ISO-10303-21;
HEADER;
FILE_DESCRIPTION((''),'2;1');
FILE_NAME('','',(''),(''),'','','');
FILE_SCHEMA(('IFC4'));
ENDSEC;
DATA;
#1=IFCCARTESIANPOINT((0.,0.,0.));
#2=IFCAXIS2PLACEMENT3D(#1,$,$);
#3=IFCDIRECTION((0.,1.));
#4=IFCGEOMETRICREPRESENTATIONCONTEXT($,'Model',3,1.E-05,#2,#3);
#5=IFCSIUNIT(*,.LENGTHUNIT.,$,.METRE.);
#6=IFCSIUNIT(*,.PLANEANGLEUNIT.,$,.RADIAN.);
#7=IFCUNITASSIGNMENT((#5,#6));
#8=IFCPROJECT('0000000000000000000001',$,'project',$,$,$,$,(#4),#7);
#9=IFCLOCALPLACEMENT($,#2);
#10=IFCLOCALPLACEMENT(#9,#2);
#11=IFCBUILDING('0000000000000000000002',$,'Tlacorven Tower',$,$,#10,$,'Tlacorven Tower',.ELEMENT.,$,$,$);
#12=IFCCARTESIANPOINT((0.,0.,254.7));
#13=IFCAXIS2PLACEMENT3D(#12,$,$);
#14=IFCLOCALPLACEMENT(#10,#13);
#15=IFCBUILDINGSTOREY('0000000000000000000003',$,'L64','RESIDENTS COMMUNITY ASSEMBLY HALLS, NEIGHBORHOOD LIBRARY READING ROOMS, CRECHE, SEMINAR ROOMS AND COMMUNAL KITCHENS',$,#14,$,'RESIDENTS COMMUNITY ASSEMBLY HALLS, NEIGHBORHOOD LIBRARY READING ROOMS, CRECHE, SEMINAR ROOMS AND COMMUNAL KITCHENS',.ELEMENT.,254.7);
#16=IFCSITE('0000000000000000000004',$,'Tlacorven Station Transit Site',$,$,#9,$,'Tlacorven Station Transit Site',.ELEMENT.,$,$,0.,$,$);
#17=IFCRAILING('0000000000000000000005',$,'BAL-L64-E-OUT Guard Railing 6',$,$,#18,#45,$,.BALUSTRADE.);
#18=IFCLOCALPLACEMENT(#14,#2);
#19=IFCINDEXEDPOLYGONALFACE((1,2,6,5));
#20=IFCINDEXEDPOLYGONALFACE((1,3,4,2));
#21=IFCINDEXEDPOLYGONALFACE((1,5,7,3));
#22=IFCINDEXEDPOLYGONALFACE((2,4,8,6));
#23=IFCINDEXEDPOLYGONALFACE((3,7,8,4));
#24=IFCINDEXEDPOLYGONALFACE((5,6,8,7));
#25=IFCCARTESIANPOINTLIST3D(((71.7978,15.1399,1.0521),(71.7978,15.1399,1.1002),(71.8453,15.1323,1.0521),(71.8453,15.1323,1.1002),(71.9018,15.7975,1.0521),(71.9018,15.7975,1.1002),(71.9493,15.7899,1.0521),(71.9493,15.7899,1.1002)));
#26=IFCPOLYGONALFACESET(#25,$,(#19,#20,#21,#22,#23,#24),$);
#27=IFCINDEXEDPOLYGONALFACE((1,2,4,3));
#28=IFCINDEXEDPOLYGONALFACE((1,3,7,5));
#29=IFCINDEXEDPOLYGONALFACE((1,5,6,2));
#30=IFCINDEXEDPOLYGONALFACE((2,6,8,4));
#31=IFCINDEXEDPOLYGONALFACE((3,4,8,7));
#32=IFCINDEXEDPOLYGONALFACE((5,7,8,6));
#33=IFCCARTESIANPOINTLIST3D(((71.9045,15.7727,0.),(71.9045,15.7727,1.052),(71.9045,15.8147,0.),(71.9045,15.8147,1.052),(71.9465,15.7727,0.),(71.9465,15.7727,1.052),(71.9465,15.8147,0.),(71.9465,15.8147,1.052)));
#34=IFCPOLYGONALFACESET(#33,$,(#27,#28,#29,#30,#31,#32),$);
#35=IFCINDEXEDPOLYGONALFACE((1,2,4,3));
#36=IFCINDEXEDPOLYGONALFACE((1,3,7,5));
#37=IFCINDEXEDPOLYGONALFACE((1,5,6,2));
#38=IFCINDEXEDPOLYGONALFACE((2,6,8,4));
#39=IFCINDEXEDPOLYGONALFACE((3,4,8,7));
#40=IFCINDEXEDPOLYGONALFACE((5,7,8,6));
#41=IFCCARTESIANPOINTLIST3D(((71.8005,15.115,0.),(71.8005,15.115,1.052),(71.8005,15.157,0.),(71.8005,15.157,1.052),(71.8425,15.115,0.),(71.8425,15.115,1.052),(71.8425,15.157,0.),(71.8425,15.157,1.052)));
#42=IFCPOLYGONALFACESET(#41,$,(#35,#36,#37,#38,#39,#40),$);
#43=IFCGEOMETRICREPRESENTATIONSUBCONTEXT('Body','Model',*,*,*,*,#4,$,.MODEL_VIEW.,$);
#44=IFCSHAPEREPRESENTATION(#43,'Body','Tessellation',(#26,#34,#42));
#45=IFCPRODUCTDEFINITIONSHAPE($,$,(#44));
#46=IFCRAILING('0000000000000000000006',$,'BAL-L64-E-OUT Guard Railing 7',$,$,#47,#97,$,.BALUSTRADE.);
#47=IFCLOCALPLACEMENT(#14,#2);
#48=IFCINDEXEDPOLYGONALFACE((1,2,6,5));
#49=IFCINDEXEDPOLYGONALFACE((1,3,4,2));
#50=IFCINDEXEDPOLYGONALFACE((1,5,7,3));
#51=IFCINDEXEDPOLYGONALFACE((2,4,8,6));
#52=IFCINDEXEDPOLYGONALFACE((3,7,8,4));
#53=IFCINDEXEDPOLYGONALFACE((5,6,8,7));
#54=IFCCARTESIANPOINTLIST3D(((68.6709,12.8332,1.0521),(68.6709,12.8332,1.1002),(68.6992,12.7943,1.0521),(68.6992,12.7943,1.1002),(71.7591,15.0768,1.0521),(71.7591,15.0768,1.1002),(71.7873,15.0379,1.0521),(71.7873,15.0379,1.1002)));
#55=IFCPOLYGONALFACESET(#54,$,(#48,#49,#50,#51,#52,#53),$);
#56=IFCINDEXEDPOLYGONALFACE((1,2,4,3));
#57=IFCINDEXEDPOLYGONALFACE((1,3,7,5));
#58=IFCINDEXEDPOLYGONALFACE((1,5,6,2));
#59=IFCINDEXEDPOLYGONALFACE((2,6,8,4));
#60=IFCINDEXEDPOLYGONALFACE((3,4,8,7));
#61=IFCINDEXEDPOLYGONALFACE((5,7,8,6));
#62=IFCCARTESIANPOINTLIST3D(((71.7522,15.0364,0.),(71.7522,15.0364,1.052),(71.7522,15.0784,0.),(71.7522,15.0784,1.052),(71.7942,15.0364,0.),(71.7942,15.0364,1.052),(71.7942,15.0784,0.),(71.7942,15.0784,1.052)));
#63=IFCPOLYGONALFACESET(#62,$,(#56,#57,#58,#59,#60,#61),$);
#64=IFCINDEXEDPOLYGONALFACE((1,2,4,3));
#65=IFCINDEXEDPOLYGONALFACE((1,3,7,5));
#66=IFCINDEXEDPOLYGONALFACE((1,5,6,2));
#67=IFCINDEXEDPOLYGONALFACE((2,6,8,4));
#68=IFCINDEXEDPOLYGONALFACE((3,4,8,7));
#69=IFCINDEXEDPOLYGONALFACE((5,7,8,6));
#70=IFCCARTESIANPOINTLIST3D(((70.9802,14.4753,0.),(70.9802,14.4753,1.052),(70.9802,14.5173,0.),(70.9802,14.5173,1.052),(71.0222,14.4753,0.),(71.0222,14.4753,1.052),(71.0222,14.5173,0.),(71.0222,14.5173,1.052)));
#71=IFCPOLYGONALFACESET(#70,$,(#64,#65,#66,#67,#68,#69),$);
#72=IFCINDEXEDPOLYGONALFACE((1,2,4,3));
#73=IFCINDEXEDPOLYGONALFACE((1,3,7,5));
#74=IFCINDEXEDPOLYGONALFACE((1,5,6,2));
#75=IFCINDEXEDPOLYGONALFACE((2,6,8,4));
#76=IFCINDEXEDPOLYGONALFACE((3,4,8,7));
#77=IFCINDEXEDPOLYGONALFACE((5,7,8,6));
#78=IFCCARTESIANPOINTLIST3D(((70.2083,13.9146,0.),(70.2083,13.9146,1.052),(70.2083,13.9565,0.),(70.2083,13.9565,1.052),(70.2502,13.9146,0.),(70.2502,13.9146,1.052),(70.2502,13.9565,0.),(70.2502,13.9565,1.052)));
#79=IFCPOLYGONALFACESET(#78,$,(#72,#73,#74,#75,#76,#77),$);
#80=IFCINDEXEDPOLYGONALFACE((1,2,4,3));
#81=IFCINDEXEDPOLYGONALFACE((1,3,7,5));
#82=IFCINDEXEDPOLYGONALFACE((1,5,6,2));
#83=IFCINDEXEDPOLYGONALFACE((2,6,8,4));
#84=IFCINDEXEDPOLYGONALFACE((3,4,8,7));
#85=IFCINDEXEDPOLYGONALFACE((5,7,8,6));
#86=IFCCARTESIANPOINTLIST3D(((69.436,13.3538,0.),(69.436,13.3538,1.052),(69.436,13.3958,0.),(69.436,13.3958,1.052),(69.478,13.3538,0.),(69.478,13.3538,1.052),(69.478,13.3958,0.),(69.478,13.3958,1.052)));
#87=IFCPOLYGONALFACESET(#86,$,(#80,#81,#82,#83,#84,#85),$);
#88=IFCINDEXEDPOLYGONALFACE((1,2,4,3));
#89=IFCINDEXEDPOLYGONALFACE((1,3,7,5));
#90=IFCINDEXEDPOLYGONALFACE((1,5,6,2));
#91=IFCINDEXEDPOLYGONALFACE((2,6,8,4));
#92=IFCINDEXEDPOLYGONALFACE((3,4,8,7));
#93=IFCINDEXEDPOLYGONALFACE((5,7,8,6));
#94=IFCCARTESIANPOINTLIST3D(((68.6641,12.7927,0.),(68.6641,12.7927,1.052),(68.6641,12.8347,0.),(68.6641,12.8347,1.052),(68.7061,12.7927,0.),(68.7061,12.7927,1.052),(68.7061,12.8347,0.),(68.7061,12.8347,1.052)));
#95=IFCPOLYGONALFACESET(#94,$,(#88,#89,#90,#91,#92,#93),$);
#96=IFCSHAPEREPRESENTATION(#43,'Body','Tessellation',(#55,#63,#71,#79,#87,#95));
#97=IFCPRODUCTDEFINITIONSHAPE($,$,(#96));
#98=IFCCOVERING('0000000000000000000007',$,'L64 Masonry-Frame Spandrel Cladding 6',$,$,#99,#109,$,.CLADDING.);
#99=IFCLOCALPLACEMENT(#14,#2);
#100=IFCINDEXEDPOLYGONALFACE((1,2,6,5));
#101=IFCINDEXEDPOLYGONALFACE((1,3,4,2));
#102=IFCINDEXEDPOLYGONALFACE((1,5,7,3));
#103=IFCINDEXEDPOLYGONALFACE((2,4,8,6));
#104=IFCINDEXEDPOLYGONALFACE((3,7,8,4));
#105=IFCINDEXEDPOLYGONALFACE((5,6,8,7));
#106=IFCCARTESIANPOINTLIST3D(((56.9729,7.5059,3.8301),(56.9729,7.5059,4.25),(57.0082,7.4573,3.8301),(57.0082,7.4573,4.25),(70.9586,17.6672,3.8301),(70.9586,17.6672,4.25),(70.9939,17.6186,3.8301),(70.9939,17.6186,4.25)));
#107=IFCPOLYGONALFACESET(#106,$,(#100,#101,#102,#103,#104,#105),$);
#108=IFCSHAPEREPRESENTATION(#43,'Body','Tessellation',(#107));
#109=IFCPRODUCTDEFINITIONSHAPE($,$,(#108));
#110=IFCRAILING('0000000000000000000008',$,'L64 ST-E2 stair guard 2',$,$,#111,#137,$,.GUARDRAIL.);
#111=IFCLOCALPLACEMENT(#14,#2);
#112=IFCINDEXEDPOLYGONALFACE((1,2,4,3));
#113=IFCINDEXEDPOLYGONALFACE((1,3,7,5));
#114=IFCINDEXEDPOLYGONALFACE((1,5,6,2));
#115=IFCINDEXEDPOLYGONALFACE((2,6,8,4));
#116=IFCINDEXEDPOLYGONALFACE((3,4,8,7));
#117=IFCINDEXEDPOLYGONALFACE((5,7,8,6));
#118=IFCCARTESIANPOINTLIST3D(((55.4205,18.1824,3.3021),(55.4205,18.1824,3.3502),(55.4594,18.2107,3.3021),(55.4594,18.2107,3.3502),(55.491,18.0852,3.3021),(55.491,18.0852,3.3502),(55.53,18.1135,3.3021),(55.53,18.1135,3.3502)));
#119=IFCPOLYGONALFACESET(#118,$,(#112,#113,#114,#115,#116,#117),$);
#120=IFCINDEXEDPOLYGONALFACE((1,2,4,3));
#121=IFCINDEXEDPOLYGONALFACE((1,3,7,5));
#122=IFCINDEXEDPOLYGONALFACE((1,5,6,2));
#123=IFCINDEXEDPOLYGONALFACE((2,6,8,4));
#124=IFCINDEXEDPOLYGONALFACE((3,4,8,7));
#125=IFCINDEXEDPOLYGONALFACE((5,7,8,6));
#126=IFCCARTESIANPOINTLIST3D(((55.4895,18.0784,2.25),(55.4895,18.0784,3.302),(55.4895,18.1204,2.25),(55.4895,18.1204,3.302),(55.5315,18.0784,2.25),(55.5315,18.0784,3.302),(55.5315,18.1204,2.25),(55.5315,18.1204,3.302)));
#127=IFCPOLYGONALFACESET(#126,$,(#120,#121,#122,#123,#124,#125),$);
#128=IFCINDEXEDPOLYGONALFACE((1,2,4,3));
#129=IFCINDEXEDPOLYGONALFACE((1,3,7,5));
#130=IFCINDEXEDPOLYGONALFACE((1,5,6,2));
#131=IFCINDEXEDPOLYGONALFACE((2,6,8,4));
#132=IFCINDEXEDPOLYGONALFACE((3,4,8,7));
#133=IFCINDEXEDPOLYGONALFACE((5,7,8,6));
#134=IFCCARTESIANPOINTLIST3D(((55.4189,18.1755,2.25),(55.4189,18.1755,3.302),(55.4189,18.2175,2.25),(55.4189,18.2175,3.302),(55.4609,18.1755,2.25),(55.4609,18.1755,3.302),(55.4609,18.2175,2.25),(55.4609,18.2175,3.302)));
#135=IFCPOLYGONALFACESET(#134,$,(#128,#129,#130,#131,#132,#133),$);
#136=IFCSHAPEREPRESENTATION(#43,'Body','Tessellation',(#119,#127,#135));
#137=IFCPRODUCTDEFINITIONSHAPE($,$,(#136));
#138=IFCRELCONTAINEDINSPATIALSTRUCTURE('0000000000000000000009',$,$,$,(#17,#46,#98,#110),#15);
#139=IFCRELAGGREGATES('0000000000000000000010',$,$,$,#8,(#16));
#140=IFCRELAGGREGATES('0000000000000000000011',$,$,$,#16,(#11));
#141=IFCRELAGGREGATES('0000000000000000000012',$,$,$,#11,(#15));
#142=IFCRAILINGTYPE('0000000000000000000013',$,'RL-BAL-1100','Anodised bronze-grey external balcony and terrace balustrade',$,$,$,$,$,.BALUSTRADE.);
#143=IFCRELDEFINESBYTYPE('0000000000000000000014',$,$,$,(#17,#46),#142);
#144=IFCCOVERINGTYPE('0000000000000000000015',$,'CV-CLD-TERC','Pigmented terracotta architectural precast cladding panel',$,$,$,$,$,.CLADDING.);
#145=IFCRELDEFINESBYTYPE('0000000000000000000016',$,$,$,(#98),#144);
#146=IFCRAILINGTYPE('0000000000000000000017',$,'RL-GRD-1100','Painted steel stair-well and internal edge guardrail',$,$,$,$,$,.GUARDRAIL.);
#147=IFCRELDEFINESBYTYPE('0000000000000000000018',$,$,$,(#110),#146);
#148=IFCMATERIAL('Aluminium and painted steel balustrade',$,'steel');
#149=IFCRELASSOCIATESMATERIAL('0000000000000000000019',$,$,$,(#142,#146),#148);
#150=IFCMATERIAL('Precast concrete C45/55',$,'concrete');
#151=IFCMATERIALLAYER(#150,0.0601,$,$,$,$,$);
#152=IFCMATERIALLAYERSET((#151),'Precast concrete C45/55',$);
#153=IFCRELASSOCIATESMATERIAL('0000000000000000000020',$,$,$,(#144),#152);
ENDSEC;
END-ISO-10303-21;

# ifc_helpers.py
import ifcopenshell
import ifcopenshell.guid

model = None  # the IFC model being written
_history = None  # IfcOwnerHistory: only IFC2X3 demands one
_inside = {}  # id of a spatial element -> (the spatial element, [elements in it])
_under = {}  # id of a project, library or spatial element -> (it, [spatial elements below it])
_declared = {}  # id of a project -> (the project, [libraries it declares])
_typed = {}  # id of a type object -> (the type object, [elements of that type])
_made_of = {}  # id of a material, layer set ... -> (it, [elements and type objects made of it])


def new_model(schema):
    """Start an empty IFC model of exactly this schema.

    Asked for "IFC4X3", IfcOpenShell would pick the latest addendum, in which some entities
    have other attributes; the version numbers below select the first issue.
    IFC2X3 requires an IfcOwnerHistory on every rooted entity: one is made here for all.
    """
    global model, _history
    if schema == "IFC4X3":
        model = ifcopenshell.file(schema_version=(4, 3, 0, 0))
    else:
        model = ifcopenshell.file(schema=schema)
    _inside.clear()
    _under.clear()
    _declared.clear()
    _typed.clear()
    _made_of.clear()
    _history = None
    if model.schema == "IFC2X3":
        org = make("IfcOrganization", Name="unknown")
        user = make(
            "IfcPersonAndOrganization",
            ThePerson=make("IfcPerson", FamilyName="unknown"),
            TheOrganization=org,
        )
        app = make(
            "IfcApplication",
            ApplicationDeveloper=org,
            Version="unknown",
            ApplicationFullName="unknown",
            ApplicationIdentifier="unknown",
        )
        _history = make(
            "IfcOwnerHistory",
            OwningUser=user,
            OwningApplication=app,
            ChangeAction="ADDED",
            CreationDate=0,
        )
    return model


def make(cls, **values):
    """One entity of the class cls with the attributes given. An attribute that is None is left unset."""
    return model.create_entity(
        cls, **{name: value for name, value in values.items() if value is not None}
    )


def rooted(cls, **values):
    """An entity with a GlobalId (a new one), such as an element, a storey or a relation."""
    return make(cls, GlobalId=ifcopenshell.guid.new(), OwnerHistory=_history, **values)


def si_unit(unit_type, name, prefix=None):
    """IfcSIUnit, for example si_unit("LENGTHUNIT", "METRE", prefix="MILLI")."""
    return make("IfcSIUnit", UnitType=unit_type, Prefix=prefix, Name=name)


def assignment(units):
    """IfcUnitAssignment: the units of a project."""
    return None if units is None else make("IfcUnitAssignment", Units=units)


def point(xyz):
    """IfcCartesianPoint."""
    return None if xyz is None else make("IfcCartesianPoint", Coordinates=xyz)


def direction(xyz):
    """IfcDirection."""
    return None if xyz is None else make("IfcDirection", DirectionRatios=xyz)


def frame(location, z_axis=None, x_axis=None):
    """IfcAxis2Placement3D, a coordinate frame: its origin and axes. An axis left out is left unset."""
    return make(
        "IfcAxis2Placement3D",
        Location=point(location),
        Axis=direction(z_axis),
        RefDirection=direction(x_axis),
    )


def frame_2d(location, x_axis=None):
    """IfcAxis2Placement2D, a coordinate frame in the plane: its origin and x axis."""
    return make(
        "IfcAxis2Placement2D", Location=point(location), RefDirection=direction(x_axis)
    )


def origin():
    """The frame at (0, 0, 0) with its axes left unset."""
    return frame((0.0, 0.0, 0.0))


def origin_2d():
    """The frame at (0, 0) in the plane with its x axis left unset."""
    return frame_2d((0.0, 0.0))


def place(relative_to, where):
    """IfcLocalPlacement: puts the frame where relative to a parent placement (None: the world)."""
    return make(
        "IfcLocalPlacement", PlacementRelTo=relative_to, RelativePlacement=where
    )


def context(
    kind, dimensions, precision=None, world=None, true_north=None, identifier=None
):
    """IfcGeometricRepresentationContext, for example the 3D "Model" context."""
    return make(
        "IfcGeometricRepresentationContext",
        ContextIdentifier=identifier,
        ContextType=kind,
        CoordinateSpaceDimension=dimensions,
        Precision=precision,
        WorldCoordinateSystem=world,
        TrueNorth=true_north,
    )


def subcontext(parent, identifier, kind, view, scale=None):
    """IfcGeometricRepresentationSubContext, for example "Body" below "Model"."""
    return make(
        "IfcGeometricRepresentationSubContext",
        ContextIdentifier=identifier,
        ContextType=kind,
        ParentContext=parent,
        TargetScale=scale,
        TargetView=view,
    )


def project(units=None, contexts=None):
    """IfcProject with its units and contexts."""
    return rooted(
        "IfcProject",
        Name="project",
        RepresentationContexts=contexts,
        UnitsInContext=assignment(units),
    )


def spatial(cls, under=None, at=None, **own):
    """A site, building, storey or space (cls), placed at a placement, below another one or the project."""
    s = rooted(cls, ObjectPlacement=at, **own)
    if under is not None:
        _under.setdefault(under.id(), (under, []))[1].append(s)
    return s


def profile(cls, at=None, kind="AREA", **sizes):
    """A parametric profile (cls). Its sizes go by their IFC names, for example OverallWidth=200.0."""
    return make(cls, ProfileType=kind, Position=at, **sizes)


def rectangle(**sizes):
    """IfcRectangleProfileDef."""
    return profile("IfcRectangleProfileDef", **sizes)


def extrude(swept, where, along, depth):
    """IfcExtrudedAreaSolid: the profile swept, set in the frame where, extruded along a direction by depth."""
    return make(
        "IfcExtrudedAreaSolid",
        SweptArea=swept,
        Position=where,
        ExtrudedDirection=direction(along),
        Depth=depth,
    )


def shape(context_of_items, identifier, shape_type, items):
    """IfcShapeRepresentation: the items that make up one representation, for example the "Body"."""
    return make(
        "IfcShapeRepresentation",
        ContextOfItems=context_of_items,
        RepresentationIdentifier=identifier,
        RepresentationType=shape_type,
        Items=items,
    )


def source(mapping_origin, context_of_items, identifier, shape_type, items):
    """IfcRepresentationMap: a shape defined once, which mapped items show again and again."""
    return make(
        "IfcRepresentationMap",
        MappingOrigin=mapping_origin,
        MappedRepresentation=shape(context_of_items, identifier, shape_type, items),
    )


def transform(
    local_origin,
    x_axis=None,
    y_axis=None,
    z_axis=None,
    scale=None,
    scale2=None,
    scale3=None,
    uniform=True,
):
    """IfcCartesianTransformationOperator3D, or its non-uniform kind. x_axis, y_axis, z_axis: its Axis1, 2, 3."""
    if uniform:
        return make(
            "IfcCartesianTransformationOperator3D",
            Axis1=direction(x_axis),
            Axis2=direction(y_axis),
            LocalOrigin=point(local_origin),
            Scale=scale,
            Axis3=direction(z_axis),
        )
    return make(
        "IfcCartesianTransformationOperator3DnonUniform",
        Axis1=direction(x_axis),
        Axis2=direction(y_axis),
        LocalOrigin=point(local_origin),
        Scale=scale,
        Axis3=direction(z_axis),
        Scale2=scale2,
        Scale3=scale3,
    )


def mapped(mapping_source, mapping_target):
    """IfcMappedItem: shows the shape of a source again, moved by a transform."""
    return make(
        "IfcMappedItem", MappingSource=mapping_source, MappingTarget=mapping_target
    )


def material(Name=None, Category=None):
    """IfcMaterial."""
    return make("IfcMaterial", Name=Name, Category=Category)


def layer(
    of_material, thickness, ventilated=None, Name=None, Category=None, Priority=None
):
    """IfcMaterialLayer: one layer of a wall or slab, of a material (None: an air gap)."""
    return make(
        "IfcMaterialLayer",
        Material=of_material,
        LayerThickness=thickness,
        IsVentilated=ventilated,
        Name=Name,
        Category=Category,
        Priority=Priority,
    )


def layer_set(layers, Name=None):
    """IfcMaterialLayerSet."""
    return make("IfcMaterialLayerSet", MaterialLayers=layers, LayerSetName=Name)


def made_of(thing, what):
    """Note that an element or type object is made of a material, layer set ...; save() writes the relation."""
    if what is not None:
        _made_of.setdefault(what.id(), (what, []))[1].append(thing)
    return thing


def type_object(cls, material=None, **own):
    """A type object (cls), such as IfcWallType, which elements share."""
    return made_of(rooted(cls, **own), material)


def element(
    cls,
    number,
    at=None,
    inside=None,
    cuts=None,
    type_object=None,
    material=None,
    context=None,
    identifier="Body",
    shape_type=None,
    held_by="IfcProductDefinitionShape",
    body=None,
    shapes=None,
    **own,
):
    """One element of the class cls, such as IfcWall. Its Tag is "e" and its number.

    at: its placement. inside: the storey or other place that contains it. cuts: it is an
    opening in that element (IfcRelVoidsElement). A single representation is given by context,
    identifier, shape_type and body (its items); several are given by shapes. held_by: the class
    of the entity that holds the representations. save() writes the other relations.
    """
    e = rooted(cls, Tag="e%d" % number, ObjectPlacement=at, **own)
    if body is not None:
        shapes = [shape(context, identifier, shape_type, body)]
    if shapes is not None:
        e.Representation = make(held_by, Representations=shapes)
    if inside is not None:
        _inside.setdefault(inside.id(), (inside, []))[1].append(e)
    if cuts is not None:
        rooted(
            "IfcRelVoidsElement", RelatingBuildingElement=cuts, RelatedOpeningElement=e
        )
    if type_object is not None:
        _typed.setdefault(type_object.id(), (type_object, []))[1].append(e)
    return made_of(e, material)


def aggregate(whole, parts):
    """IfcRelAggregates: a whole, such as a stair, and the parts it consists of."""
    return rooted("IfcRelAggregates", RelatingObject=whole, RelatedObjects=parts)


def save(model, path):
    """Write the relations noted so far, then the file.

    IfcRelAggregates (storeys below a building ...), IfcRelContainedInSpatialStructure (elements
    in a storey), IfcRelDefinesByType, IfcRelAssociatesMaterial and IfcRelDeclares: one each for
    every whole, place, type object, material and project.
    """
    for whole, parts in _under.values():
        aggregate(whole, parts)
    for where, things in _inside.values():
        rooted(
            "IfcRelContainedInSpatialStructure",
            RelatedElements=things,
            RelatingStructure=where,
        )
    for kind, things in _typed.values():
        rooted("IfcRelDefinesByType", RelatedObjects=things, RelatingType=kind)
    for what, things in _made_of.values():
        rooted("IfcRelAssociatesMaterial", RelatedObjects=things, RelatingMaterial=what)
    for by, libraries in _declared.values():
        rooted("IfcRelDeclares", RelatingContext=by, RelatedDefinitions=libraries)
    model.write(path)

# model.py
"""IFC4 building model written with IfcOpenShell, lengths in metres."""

from ifc_helpers import new_model, si_unit, direction, frame, origin, origin_2d, place, context, subcontext, project, spatial, rectangle, extrude, source, transform, mapped, material, layer, layer_set, type_object, element, save


model = new_model("IFC4")

# Units and contexts
model_context = context("Model", 3, precision=1e-05, world=origin(), true_north=direction((0.0, 1.0)))
body_context = subcontext(model_context, "Body", "Model", "MODEL_VIEW")
ifc_project = project(units=[si_unit("LENGTHUNIT", "METRE"), si_unit("PLANEANGLEUNIT", "RADIAN")], contexts=[model_context])

# Site, building, storey
site_placement = place(None, origin())
site = spatial("IfcSite", under=ifc_project, at=site_placement, Name="Tlacorven Station Transit Site", LongName="Tlacorven Station Transit Site", CompositionType="ELEMENT", RefElevation=0.0)
building_placement = place(site_placement, origin())
building = spatial("IfcBuilding", under=site, at=building_placement, Name="Tlacorven Tower", LongName="Tlacorven Tower", CompositionType="ELEMENT")
storey_placement = place(building_placement, frame((0.0, 0.0, 254.7)))
storey = spatial("IfcBuildingStorey", under=building, at=storey_placement, Name="L64", Description="RESIDENTS COMMUNITY ASSEMBLY HALLS, NEIGHBORHOOD LIBRARY READING ROOMS, CRECHE, SEMINAR ROOMS AND COMMUNAL KITCHENS", LongName="RESIDENTS COMMUNITY ASSEMBLY HALLS, NEIGHBORHOOD LIBRARY READING ROOMS, CRECHE, SEMINAR ROOMS AND COMMUNAL KITCHENS", CompositionType="ELEMENT", Elevation=254.7)

# Shared definitions
ifc_material_1 = material(Name="Precast concrete C45/55", Category="concrete")

# Railings
ifc_material_2 = material(Name="Aluminium and painted steel balustrade", Category="steel")
railing_type_1 = type_object("IfcRailingType", Name="RL-BAL-1100", Description="Anodised bronze-grey external balcony and terrace balustrade", PredefinedType="BALUSTRADE", material=ifc_material_2)
shared_shape_1 = source(origin(), body_context, "Body", "SweptSolid", [
    extrude(rectangle(XDim=0.0481, YDim=0.0481, at=origin_2d()), frame((0.0, 0.0, 1.0762), z_axis=(-0.156188, -0.987727, 0.0), x_axis=(0.987727, -0.156188, 0.0)), (0.0, 0.0, 1.0), 0.6658),
    extrude(rectangle(XDim=0.042, YDim=0.042, at=origin_2d()), origin(), (0.0, 0.0, 1.0), 1.052),
    extrude(rectangle(XDim=0.042, YDim=0.042, at=origin_2d()), frame((-0.104, -0.6577, 0.0)), (0.0, 0.0, 1.0), 1.052),
])
railing_1_placement = place(storey_placement, frame((71.9255, 15.7937, 0.0)))
element("IfcRailing", 1, at=railing_1_placement, inside=storey, type_object=railing_type_1, Name="BAL-L64-E-OUT Guard Railing 6", PredefinedType="BALUSTRADE", context=body_context, shape_type="MappedRepresentation", body=[
    mapped(shared_shape_1, transform((0.0, 0.0, 0.0), scale=1.0)),
])
shared_shape_2 = source(origin(), body_context, "Body", "SweptSolid", [
    extrude(rectangle(XDim=0.0481, YDim=0.0481, at=origin_2d()), frame((0.0, 0.0, 1.0762), z_axis=(-0.809018, -0.587784, 0.0), x_axis=(0.587784, -0.809018, 0.0)), (0.0, 0.0, 1.0), 3.8171),
    extrude(rectangle(XDim=0.042, YDim=0.042, at=origin_2d()), origin(), (0.0, 0.0, 1.0), 1.052),
    extrude(rectangle(XDim=0.042, YDim=0.042, at=origin_2d()), frame((-0.772, -0.561, 0.0)), (0.0, 0.0, 1.0), 1.052),
    extrude(rectangle(XDim=0.042, YDim=0.042, at=origin_2d()), frame((-1.5439, -1.1218, 0.0)), (0.0, 0.0, 1.0), 1.052),
    extrude(rectangle(XDim=0.042, YDim=0.042, at=origin_2d()), frame((-2.3162, -1.6826, 0.0)), (0.0, 0.0, 1.0), 1.052),
    extrude(rectangle(XDim=0.042, YDim=0.042, at=origin_2d()), frame((-3.0881, -2.2437, 0.0)), (0.0, 0.0, 1.0), 1.052),
])
railing_2_placement = place(storey_placement, frame((71.7732, 15.0574, 0.0)))
element("IfcRailing", 2, at=railing_2_placement, inside=storey, type_object=railing_type_1, Name="BAL-L64-E-OUT Guard Railing 7", PredefinedType="BALUSTRADE", context=body_context, shape_type="MappedRepresentation", body=[
    mapped(shared_shape_2, transform((0.0, 0.0, 0.0), scale=1.0)),
])

# Covering
ifc_layer_1 = layer(ifc_material_1, 0.0601)
ifc_layer_set_1 = layer_set([ifc_layer_1], Name="Precast concrete C45/55")
covering_type = type_object("IfcCoveringType", Name="CV-CLD-TERC", Description="Pigmented terracotta architectural precast cladding panel", PredefinedType="CLADDING", material=ifc_layer_set_1)
shared_shape_3 = source(origin(), body_context, "Body", "SweptSolid", [
    extrude(rectangle(XDim=17.2874, YDim=0.0601, at=origin_2d()), origin(), (0.0, 0.0, 1.0), 0.4199),
])
covering_placement = place(storey_placement, frame((63.9834, 12.5623, 3.8301), z_axis=(0.0, 0.0, 1.0), x_axis=(-0.809017, -0.587785, 0.0)))
element("IfcCovering", 3, at=covering_placement, inside=storey, type_object=covering_type, Name="L64 Masonry-Frame Spandrel Cladding 6", PredefinedType="CLADDING", context=body_context, shape_type="MappedRepresentation", body=[
    mapped(shared_shape_3, transform((0.0, 0.0, 0.0), scale=1.0)),
])

# Railing
railing_type_2 = type_object("IfcRailingType", Name="RL-GRD-1100", Description="Painted steel stair-well and internal edge guardrail", PredefinedType="GUARDRAIL", material=ifc_material_2)
shared_shape_4 = source(origin(), body_context, "Body", "SweptSolid", [
    extrude(rectangle(XDim=0.0481, YDim=0.0481, at=origin_2d()), frame((0.0, 0.0, 1.0762), z_axis=(-0.587567, 0.809175, 0.0), x_axis=(-0.809175, -0.587567, 0.0)), (0.0, 0.0, 1.0), 0.1201),
    extrude(rectangle(XDim=0.042, YDim=0.042, at=origin_2d()), origin(), (0.0, 0.0, 1.0), 1.052),
    extrude(rectangle(XDim=0.042, YDim=0.042, at=origin_2d()), frame((-0.0706, 0.0972, 0.0)), (0.0, 0.0, 1.0), 1.052),
])
railing_3_placement = place(storey_placement, frame((55.5105, 18.0994, 2.25)))
element("IfcRailing", 4, at=railing_3_placement, inside=storey, type_object=railing_type_2, Name="L64 ST-E2 stair guard 2", PredefinedType="GUARDRAIL", context=body_context, shape_type="MappedRepresentation", body=[
    mapped(shared_shape_4, transform((0.0, 0.0, 0.0), scale=1.0)),
])

save(model, "model.ifc")
